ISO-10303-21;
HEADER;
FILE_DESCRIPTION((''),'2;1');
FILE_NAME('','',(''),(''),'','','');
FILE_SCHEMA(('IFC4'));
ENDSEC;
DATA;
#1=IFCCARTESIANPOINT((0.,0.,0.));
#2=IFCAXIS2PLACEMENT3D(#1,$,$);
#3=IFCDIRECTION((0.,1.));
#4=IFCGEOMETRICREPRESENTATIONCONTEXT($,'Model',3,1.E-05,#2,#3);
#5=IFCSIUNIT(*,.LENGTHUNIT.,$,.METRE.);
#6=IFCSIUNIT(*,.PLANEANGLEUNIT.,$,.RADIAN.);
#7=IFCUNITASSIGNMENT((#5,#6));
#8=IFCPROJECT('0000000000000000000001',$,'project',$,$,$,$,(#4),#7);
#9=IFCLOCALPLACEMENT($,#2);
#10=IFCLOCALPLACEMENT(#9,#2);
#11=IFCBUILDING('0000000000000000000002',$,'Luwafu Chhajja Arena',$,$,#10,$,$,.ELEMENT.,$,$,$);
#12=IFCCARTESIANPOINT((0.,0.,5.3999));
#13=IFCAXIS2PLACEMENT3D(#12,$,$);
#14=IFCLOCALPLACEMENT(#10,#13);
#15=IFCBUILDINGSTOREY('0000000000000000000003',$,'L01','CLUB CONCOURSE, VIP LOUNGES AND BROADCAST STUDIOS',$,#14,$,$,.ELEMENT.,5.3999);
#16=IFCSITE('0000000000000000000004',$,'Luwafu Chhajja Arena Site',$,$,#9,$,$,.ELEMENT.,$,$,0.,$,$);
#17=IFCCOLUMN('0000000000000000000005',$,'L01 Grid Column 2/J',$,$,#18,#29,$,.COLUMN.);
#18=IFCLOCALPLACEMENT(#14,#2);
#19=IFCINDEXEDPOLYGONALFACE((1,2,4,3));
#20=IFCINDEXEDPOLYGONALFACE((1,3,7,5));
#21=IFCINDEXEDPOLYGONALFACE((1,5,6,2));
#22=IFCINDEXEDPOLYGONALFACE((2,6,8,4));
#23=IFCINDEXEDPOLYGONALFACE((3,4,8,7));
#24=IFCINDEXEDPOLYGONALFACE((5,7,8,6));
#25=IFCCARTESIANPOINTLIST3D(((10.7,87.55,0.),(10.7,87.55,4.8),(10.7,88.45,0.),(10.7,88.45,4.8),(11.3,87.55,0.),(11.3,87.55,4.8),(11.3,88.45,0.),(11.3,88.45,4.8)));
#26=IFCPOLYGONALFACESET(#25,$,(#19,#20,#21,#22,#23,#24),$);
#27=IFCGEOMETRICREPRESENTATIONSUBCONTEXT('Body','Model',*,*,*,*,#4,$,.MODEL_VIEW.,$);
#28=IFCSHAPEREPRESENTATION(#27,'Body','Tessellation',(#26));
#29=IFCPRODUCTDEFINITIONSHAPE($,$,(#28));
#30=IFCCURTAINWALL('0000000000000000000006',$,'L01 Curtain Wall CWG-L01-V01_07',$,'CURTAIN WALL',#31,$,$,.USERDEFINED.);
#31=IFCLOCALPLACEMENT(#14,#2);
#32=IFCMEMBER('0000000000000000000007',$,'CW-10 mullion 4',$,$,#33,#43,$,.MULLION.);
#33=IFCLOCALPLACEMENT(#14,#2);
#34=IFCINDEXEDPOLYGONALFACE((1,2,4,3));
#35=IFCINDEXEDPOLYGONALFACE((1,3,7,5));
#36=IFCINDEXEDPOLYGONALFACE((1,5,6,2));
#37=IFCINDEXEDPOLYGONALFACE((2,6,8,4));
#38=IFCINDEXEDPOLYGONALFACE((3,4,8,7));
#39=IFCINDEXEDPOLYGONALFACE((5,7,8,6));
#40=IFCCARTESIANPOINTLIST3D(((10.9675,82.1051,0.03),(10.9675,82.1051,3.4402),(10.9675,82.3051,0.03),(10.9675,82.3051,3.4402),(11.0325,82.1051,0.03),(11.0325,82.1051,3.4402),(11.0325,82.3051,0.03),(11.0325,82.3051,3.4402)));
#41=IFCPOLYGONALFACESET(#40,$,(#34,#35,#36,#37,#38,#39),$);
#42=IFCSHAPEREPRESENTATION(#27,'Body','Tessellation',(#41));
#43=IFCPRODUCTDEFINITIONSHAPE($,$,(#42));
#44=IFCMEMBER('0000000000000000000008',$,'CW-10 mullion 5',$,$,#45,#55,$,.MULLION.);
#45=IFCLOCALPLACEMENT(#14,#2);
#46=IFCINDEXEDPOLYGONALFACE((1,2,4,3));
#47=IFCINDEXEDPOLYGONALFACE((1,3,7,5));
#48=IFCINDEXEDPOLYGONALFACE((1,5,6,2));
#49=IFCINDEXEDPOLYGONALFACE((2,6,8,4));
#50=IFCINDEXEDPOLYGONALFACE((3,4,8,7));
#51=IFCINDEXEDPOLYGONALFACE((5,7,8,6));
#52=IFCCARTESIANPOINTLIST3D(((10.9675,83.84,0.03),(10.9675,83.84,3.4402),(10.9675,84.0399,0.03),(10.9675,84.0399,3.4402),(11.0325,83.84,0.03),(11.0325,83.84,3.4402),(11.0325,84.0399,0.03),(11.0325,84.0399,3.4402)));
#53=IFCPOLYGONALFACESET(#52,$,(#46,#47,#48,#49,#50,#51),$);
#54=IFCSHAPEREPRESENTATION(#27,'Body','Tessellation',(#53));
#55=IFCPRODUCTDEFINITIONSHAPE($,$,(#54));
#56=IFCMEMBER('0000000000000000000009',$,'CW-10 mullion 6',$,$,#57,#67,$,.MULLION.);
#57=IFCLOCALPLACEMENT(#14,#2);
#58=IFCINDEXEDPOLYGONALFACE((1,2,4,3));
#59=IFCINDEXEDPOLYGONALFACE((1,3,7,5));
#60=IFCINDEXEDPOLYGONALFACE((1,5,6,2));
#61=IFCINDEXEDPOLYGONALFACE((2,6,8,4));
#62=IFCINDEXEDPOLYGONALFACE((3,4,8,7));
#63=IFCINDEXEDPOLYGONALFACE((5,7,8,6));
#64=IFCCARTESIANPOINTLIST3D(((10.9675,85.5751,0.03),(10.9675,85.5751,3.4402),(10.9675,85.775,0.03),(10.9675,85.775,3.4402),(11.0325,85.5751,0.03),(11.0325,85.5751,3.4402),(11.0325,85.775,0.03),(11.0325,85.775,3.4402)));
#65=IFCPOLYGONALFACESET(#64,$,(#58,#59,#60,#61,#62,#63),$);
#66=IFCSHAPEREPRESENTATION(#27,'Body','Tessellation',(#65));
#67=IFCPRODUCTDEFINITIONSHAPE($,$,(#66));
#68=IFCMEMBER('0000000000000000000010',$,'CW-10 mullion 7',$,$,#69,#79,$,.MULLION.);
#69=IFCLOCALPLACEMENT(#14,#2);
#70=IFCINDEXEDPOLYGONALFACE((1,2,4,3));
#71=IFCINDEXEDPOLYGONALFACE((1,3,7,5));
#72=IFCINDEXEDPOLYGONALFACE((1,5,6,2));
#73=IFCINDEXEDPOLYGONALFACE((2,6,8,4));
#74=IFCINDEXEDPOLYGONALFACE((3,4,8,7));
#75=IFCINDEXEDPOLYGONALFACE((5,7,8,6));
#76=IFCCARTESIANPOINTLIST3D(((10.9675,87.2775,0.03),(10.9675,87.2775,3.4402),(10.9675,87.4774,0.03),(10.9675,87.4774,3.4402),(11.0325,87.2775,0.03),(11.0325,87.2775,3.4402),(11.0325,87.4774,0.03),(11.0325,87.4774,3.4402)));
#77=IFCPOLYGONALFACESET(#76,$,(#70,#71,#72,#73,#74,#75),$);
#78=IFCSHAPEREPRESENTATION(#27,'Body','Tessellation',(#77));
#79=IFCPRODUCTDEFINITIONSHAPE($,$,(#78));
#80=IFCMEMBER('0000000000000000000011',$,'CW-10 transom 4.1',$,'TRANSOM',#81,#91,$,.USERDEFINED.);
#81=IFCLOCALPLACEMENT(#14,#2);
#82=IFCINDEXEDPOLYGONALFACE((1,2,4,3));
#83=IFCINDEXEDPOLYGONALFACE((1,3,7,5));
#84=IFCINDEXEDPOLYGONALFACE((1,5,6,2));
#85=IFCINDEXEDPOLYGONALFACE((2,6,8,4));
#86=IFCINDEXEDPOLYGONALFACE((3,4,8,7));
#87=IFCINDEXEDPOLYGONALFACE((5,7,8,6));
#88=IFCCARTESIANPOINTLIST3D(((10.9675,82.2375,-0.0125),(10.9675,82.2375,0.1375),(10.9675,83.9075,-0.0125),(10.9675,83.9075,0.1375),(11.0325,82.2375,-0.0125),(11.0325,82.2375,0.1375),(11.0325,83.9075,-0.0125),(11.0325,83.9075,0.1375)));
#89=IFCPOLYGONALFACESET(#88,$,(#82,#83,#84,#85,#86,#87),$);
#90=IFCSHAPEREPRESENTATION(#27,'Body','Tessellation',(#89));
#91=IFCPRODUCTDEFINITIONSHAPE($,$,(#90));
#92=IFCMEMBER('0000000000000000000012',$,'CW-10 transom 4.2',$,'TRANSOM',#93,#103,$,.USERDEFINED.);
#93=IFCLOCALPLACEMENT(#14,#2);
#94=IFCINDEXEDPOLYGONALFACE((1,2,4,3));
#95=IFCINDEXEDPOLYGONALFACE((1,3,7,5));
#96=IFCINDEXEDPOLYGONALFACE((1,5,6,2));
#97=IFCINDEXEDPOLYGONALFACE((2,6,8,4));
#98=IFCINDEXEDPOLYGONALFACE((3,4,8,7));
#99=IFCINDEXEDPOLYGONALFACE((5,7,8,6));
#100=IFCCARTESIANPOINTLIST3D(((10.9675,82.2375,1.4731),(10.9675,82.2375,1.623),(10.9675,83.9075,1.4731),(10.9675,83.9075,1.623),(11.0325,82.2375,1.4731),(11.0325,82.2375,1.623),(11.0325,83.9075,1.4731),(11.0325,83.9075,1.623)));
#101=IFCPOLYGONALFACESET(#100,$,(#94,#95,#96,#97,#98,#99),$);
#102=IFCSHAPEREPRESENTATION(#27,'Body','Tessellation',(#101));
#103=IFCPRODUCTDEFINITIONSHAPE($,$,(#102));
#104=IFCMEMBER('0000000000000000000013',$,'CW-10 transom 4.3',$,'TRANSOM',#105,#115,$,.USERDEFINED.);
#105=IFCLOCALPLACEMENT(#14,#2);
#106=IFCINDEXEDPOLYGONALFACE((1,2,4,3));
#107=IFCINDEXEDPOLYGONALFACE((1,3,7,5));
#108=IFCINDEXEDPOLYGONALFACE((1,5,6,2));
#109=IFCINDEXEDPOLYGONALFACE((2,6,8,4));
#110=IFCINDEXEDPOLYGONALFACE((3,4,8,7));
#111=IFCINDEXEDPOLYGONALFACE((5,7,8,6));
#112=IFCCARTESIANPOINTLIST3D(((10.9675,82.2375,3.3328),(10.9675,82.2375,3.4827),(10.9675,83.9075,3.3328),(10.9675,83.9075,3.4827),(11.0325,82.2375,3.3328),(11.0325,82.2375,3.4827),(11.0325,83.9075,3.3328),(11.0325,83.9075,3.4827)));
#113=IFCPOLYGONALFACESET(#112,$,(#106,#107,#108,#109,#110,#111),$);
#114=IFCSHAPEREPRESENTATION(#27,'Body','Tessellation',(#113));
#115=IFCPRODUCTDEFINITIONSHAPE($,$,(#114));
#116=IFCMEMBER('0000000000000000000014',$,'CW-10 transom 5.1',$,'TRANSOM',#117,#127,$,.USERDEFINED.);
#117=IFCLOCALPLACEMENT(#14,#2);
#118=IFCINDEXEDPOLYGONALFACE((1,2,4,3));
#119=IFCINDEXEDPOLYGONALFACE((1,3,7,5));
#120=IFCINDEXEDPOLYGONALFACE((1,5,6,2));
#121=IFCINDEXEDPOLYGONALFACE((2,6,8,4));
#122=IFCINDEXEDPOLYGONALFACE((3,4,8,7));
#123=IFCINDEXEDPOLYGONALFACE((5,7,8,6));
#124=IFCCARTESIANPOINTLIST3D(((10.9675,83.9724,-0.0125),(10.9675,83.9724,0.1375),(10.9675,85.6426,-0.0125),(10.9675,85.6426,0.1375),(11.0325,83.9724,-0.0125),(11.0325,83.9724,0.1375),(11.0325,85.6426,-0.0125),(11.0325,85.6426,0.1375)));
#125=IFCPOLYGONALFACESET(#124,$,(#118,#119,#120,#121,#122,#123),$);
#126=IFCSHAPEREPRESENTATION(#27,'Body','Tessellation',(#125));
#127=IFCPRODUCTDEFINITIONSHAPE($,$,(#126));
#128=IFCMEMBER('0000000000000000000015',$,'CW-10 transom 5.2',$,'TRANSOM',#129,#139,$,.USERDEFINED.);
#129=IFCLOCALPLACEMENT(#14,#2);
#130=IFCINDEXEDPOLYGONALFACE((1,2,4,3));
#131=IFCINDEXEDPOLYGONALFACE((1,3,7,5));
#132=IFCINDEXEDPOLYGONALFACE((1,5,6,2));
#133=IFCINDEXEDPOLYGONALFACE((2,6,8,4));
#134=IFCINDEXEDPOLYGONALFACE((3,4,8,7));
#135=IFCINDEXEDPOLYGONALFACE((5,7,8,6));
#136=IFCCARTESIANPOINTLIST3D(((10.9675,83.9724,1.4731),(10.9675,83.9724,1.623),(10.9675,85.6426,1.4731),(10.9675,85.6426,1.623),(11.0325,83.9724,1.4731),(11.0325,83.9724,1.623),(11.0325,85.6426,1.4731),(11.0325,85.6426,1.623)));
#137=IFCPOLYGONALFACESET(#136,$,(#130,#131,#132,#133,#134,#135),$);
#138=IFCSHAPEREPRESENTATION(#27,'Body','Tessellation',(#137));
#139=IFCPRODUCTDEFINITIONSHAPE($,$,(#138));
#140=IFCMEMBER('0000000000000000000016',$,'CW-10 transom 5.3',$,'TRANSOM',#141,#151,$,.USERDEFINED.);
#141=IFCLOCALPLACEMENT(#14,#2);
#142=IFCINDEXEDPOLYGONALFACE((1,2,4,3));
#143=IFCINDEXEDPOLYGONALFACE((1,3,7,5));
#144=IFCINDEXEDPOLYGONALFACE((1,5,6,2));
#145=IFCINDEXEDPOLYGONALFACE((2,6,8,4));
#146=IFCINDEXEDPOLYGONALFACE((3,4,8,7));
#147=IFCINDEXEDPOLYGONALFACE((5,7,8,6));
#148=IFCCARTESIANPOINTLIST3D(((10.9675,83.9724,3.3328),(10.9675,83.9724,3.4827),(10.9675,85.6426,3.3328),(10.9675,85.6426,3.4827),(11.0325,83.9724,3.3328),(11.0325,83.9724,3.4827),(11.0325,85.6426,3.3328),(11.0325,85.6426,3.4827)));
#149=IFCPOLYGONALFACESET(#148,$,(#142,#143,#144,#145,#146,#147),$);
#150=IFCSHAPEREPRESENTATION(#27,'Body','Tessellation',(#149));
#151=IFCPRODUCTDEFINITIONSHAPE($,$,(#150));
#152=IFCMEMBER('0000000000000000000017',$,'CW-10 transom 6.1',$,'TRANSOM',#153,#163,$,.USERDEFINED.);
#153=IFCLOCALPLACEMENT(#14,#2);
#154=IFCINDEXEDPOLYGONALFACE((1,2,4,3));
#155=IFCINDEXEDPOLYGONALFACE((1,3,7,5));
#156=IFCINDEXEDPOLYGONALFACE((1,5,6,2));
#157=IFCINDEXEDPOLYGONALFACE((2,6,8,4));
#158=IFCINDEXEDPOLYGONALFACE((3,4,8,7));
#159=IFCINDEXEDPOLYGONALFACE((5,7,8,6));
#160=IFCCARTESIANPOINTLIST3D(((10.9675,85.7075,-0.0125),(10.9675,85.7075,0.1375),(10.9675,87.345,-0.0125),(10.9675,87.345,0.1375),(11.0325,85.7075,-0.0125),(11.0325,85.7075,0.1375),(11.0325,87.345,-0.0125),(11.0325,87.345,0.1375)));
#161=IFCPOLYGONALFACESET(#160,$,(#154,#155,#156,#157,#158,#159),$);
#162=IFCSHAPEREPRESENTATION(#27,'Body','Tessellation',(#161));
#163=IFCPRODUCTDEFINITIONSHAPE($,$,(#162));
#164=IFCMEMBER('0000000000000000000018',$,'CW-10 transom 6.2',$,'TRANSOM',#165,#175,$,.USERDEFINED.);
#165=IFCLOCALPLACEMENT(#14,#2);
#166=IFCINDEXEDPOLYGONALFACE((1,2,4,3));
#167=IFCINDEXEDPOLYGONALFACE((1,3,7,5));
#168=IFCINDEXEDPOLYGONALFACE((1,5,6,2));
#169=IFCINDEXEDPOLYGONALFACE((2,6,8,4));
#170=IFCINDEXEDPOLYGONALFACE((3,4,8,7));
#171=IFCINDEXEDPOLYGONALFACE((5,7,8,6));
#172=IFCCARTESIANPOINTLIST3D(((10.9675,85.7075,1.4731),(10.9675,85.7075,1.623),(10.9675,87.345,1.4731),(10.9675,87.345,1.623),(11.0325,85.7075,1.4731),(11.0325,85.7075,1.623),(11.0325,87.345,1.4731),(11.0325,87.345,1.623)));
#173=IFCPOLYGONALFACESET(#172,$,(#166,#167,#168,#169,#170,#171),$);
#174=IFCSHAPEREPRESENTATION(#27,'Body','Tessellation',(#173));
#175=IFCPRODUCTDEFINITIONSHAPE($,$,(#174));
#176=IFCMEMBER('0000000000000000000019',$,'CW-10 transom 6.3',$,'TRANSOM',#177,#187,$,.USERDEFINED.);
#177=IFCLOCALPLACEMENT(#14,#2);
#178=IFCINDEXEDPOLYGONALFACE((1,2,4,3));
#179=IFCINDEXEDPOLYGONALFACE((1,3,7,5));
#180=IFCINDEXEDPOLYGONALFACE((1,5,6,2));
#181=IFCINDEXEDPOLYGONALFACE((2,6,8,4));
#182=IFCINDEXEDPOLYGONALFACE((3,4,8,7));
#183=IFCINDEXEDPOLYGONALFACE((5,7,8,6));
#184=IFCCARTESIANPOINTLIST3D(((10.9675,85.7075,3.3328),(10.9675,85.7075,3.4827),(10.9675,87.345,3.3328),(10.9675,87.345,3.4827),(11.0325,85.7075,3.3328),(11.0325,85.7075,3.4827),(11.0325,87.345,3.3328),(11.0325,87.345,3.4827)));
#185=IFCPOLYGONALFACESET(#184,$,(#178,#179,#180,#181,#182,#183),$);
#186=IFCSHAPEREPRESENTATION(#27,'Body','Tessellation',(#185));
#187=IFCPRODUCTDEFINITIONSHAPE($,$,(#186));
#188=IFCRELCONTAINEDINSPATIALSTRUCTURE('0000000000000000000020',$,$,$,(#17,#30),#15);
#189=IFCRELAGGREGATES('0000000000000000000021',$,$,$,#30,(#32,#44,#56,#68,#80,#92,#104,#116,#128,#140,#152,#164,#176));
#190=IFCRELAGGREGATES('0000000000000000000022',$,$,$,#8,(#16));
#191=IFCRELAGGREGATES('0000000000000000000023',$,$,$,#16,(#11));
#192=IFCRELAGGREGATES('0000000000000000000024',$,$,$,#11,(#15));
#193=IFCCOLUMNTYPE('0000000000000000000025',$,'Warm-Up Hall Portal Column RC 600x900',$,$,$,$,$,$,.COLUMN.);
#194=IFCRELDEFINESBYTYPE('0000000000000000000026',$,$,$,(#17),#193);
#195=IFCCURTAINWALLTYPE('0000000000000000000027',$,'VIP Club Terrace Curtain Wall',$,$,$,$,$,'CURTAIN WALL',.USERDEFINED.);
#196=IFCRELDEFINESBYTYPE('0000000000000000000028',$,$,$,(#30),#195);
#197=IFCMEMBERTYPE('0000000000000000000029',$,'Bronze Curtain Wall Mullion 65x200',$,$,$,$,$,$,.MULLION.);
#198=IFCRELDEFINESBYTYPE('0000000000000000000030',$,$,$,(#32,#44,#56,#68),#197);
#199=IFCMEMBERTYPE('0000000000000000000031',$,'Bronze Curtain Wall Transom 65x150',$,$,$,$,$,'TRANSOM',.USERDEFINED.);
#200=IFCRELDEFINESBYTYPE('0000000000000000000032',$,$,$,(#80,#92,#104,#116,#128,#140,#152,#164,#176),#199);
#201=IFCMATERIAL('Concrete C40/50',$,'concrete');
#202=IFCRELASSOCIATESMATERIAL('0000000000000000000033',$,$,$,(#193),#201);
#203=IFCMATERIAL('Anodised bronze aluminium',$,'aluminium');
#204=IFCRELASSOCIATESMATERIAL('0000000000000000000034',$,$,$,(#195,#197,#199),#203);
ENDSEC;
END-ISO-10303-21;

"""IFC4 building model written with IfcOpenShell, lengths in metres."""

from ifc_helpers import new_model, si_unit, direction, frame, origin, origin_2d, place, context, subcontext, project, spatial, rectangle, extrude, material, material_profile, profile_set, type_object, element, aggregate, save


model = new_model("IFC4")

# Units and contexts
model_context = context("Model", 3, precision=1e-05, world=origin(), true_north=direction((0.0, 1.0)))
body_context = subcontext(model_context, "Body", "Model", "MODEL_VIEW")
ifc_project = project(units=[si_unit("LENGTHUNIT", "METRE"), si_unit("PLANEANGLEUNIT", "RADIAN")], contexts=[model_context])

# Site, building, storey
site_placement = place(None, origin())
site = spatial("IfcSite", under=ifc_project, at=site_placement, Name="Luwafu Chhajja Arena Site", CompositionType="ELEMENT", RefElevation=0.0)
building_placement = place(site_placement, origin())
building = spatial("IfcBuilding", under=site, at=building_placement, Name="Luwafu Chhajja Arena", CompositionType="ELEMENT")
storey_placement = place(building_placement, frame((0.0, 0.0, 5.3999)))
storey = spatial("IfcBuildingStorey", under=building, at=storey_placement, Name="L01", Description="CLUB CONCOURSE, VIP LOUNGES AND BROADCAST STUDIOS", CompositionType="ELEMENT", Elevation=5.3999)

# Column
ifc_material_1 = material(Name="Concrete C40/50", Category="concrete")
ifc_material_profile_1 = material_profile(ifc_material_1, rectangle(XDim=0.6001, YDim=0.8999, at=origin_2d()), Name="RC 600x900")
ifc_profile_set_1 = profile_set([ifc_material_profile_1], Name="Concrete C40/50")
column_type = type_object("IfcColumnType", Name="Warm-Up Hall Portal Column RC 600x900", PredefinedType="COLUMN", material=ifc_profile_set_1)
column_placement = place(storey_placement, frame((11.0, 88.0, 0.0), z_axis=(0.0, 0.0, 1.0), x_axis=(1.0, 0.0, 0.0)))
element("IfcColumn", 1, at=column_placement, inside=storey, type_object=column_type, Name="L01 Grid Column 2/J", PredefinedType="COLUMN", context=body_context, shape_type="SweptSolid", body=[
    extrude(rectangle(XDim=0.6001, YDim=0.8999, at=origin_2d()), origin(), (0.0, 0.0, 1.0), 4.8),
])

# Curtain wall, members
ifc_material_2 = material(Name="Anodised bronze aluminium", Category="aluminium")
curtain_wall_type = type_object("IfcCurtainWallType", Name="VIP Club Terrace Curtain Wall", ElementType="CURTAIN WALL", PredefinedType="USERDEFINED", material=ifc_material_2)
curtain_wall_placement = place(storey_placement, origin())
curtain_wall = element("IfcCurtainWall", 2, at=curtain_wall_placement, inside=storey, type_object=curtain_wall_type, Name="L01 Curtain Wall CWG-L01-V01_07", ObjectType="CURTAIN WALL", PredefinedType="USERDEFINED")
ifc_material_profile_2 = material_profile(ifc_material_2, rectangle(XDim=0.0649, YDim=0.2, at=origin_2d()), Name="CWM 65x200")
ifc_profile_set_2 = profile_set([ifc_material_profile_2], Name="Anodised bronze aluminium")
member_type_1 = type_object("IfcMemberType", Name="Bronze Curtain Wall Mullion 65x200", PredefinedType="MULLION", material=ifc_profile_set_2)
member_1_placement = place(storey_placement, frame((11.0, 82.2051, 0.03), z_axis=(0.0, 0.0, 1.0), x_axis=(-1.0, 0.0, 0.0)))
member_1 = element("IfcMember", 3, at=member_1_placement, type_object=member_type_1, Name="CW-10 mullion 4", PredefinedType="MULLION", context=body_context, shape_type="SweptSolid", body=[
    extrude(rectangle(XDim=0.0649, YDim=0.2, at=origin_2d()), origin(), (0.0, 0.0, 1.0), 3.4102),
])
member_2_placement = place(storey_placement, frame((11.0, 83.9399, 0.03), z_axis=(0.0, 0.0, 1.0), x_axis=(-1.0, 0.0, 0.0)))
member_2 = element("IfcMember", 4, at=member_2_placement, type_object=member_type_1, Name="CW-10 mullion 5", PredefinedType="MULLION", context=body_context, shape_type="SweptSolid", body=[
    extrude(rectangle(XDim=0.0649, YDim=0.2, at=origin_2d()), origin(), (0.0, 0.0, 1.0), 3.4102),
])
member_3_placement = place(storey_placement, frame((11.0, 85.675, 0.03), z_axis=(0.0, 0.0, 1.0), x_axis=(-1.0, 0.0, 0.0)))
member_3 = element("IfcMember", 5, at=member_3_placement, type_object=member_type_1, Name="CW-10 mullion 6", PredefinedType="MULLION", context=body_context, shape_type="SweptSolid", body=[
    extrude(rectangle(XDim=0.0649, YDim=0.2, at=origin_2d()), origin(), (0.0, 0.0, 1.0), 3.4102),
])
member_4_placement = place(storey_placement, frame((11.0, 87.3774, 0.03), z_axis=(0.0, 0.0, 1.0), x_axis=(-1.0, 0.0, 0.0)))
member_4 = element("IfcMember", 6, at=member_4_placement, type_object=member_type_1, Name="CW-10 mullion 7", PredefinedType="MULLION", context=body_context, shape_type="SweptSolid", body=[
    extrude(rectangle(XDim=0.0649, YDim=0.2, at=origin_2d()), origin(), (0.0, 0.0, 1.0), 3.4102),
])
ifc_material_profile_3 = material_profile(ifc_material_2, rectangle(XDim=0.0649, YDim=0.1499, at=origin_2d()), Name="CWT 65x150")
ifc_profile_set_3 = profile_set([ifc_material_profile_3], Name="Anodised bronze aluminium")
member_type_2 = type_object("IfcMemberType", Name="Bronze Curtain Wall Transom 65x150", ElementType="TRANSOM", PredefinedType="USERDEFINED", material=ifc_profile_set_3)
member_5_placement = place(storey_placement, frame((11.0, 82.2375, 0.0625), z_axis=(0.0, 1.0, 0.0), x_axis=(-1.0, 0.0, 0.0)))
member_5 = element("IfcMember", 7, at=member_5_placement, type_object=member_type_2, Name="CW-10 transom 4.1", ObjectType="TRANSOM", PredefinedType="USERDEFINED", context=body_context, shape_type="SweptSolid", body=[
    extrude(rectangle(XDim=0.0649, YDim=0.1499, at=origin_2d()), origin(), (0.0, 0.0, 1.0), 1.6699),
])
member_6_placement = place(storey_placement, frame((11.0, 82.2375, 1.5481), z_axis=(0.0, 1.0, 0.0), x_axis=(-1.0, 0.0, 0.0)))
member_6 = element("IfcMember", 8, at=member_6_placement, type_object=member_type_2, Name="CW-10 transom 4.2", ObjectType="TRANSOM", PredefinedType="USERDEFINED", context=body_context, shape_type="SweptSolid", body=[
    extrude(rectangle(XDim=0.0649, YDim=0.1499, at=origin_2d()), origin(), (0.0, 0.0, 1.0), 1.6699),
])
member_7_placement = place(storey_placement, frame((11.0, 82.2375, 3.4077), z_axis=(0.0, 1.0, 0.0), x_axis=(-1.0, 0.0, 0.0)))
member_7 = element("IfcMember", 9, at=member_7_placement, type_object=member_type_2, Name="CW-10 transom 4.3", ObjectType="TRANSOM", PredefinedType="USERDEFINED", context=body_context, shape_type="SweptSolid", body=[
    extrude(rectangle(XDim=0.0649, YDim=0.1499, at=origin_2d()), origin(), (0.0, 0.0, 1.0), 1.6699),
])
member_8_placement = place(storey_placement, frame((11.0, 83.9724, 0.0625), z_axis=(0.0, 1.0, 0.0), x_axis=(-1.0, 0.0, 0.0)))
member_8 = element("IfcMember", 10, at=member_8_placement, type_object=member_type_2, Name="CW-10 transom 5.1", ObjectType="TRANSOM", PredefinedType="USERDEFINED", context=body_context, shape_type="SweptSolid", body=[
    extrude(rectangle(XDim=0.0649, YDim=0.1499, at=origin_2d()), origin(), (0.0, 0.0, 1.0), 1.6702),
])
member_9_placement = place(storey_placement, frame((11.0, 83.9724, 1.5481), z_axis=(0.0, 1.0, 0.0), x_axis=(-1.0, 0.0, 0.0)))
member_9 = element("IfcMember", 11, at=member_9_placement, type_object=member_type_2, Name="CW-10 transom 5.2", ObjectType="TRANSOM", PredefinedType="USERDEFINED", context=body_context, shape_type="SweptSolid", body=[
    extrude(rectangle(XDim=0.0649, YDim=0.1499, at=origin_2d()), origin(), (0.0, 0.0, 1.0), 1.6702),
])
member_10_placement = place(storey_placement, frame((11.0, 83.9724, 3.4077), z_axis=(0.0, 1.0, 0.0), x_axis=(-1.0, 0.0, 0.0)))
member_10 = element("IfcMember", 12, at=member_10_placement, type_object=member_type_2, Name="CW-10 transom 5.3", ObjectType="TRANSOM", PredefinedType="USERDEFINED", context=body_context, shape_type="SweptSolid", body=[
    extrude(rectangle(XDim=0.0649, YDim=0.1499, at=origin_2d()), origin(), (0.0, 0.0, 1.0), 1.6702),
])
member_11_placement = place(storey_placement, frame((11.0, 85.7075, 0.0625), z_axis=(0.0, 1.0, 0.0), x_axis=(-1.0, 0.0, 0.0)))
member_11 = element("IfcMember", 13, at=member_11_placement, type_object=member_type_2, Name="CW-10 transom 6.1", ObjectType="TRANSOM", PredefinedType="USERDEFINED", context=body_context, shape_type="SweptSolid", body=[
    extrude(rectangle(XDim=0.0649, YDim=0.1499, at=origin_2d()), origin(), (0.0, 0.0, 1.0), 1.6375),
])
member_12_placement = place(storey_placement, frame((11.0, 85.7075, 1.5481), z_axis=(0.0, 1.0, 0.0), x_axis=(-1.0, 0.0, 0.0)))
member_12 = element("IfcMember", 14, at=member_12_placement, type_object=member_type_2, Name="CW-10 transom 6.2", ObjectType="TRANSOM", PredefinedType="USERDEFINED", context=body_context, shape_type="SweptSolid", body=[
    extrude(rectangle(XDim=0.0649, YDim=0.1499, at=origin_2d()), origin(), (0.0, 0.0, 1.0), 1.6375),
])
member_13_placement = place(storey_placement, frame((11.0, 85.7075, 3.4077), z_axis=(0.0, 1.0, 0.0), x_axis=(-1.0, 0.0, 0.0)))
member_13 = element("IfcMember", 15, at=member_13_placement, type_object=member_type_2, Name="CW-10 transom 6.3", ObjectType="TRANSOM", PredefinedType="USERDEFINED", context=body_context, shape_type="SweptSolid", body=[
    extrude(rectangle(XDim=0.0649, YDim=0.1499, at=origin_2d()), origin(), (0.0, 0.0, 1.0), 1.6375),
])

aggregate(curtain_wall, [member_1, member_2, member_3, member_4, member_5, member_6, member_7, member_8, member_9, member_10, member_11, member_12, member_13])

save(model, "model.ifc")
